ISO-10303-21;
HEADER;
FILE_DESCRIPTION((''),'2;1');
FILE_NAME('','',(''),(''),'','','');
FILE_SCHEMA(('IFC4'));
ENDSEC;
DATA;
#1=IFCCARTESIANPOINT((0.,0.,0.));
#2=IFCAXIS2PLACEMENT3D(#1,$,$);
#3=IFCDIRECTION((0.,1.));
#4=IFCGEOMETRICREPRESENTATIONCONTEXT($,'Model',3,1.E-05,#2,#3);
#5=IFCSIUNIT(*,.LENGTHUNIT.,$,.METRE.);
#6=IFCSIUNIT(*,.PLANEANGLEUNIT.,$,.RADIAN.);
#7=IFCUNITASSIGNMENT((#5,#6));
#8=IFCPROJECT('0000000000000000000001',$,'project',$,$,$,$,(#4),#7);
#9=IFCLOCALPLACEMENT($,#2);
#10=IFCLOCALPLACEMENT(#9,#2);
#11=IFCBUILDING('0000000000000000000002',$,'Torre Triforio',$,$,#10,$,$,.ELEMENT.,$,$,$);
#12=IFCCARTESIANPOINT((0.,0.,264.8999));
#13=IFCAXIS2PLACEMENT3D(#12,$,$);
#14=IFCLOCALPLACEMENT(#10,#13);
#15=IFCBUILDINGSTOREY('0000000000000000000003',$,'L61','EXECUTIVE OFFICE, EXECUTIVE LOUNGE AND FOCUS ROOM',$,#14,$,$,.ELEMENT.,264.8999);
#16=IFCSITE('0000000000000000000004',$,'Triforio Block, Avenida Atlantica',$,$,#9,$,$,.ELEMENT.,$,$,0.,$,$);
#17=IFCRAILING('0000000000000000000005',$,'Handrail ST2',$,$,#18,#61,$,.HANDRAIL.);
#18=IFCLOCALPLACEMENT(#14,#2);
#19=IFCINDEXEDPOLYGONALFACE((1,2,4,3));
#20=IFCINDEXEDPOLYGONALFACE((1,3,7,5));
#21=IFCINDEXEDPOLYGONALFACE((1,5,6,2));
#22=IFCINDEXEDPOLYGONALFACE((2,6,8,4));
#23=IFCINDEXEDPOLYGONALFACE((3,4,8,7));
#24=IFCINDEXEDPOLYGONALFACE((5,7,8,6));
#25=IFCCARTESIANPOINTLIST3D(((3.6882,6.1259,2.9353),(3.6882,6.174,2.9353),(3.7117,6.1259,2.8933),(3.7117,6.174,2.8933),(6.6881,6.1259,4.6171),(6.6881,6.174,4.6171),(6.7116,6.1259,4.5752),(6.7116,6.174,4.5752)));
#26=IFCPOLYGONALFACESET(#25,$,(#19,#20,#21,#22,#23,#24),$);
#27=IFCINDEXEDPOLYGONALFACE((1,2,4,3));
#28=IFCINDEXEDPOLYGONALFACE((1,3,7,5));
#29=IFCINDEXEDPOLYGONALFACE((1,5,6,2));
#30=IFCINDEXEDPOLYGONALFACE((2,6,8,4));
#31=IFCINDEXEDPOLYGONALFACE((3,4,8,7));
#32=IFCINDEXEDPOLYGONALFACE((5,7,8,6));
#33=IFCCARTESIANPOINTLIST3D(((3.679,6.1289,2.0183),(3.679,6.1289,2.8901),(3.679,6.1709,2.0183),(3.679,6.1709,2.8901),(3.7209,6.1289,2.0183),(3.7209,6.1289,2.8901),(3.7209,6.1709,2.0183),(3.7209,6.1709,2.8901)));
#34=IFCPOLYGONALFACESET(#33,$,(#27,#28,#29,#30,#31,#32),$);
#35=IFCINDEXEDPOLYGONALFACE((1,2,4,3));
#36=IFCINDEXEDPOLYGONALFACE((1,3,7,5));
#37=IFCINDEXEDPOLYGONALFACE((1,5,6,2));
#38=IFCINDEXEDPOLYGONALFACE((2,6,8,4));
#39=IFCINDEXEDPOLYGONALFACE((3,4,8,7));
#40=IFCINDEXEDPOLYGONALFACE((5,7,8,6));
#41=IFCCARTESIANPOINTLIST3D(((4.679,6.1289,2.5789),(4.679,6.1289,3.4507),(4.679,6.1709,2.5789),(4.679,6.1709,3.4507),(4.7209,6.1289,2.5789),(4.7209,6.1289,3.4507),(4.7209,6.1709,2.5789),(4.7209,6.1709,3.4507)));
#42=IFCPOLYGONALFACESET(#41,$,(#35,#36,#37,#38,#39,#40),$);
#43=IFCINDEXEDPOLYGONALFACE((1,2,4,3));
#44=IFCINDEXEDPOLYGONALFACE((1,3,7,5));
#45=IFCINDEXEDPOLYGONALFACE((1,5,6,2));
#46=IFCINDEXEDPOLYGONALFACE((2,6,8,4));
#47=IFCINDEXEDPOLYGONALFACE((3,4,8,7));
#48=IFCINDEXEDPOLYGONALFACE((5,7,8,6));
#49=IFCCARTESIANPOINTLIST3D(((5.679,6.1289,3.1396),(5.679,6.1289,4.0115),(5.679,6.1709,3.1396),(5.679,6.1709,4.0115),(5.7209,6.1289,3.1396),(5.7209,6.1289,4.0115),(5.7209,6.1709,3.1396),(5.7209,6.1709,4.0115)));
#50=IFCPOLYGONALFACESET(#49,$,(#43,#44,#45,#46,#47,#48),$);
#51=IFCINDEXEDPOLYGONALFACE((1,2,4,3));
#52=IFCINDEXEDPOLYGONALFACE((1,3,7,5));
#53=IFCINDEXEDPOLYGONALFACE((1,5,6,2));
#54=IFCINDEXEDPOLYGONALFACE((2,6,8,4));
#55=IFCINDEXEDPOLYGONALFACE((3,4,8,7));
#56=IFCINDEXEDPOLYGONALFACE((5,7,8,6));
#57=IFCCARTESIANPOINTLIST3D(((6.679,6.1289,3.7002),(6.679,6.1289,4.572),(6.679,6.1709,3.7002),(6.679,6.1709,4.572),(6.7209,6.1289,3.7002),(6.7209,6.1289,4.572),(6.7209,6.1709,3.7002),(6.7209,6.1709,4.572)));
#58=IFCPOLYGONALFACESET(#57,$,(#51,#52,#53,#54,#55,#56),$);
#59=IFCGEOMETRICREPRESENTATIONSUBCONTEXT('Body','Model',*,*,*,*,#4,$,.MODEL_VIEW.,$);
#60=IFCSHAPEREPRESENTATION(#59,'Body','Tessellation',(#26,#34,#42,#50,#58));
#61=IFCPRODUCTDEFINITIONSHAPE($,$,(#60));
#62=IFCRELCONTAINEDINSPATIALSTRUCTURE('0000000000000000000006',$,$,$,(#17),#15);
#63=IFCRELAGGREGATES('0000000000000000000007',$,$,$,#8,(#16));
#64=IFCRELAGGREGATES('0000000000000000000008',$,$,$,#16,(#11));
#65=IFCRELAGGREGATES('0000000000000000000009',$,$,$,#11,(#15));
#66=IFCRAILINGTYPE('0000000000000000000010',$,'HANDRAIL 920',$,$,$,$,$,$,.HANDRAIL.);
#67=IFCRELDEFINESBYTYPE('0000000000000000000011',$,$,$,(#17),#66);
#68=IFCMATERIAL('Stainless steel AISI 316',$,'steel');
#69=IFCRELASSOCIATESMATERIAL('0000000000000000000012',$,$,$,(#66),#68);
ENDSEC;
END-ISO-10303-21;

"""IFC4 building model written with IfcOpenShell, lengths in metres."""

from ifc_helpers import new_model, si_unit, direction, frame, origin, origin_2d, place, context, subcontext, project, spatial, rectangle, extrude, material, type_object, element, save


model = new_model("IFC4")

# Units and contexts
model_context = context("Model", 3, precision=1e-05, world=origin(), true_north=direction((0.0, 1.0)))
body_context = subcontext(model_context, "Body", "Model", "MODEL_VIEW")
ifc_project = project(units=[si_unit("LENGTHUNIT", "METRE"), si_unit("PLANEANGLEUNIT", "RADIAN")], contexts=[model_context])

# Site, building, storey
site_placement = place(None, origin())
site = spatial("IfcSite", under=ifc_project, at=site_placement, Name="Triforio Block, Avenida Atlantica", CompositionType="ELEMENT", RefElevation=0.0)
building_placement = place(site_placement, origin())
building = spatial("IfcBuilding", under=site, at=building_placement, Name="Torre Triforio", CompositionType="ELEMENT")
storey_placement = place(building_placement, frame((0.0, 0.0, 264.8999)))
storey = spatial("IfcBuildingStorey", under=building, at=storey_placement, Name="L61", Description="EXECUTIVE OFFICE, EXECUTIVE LOUNGE AND FOCUS ROOM", CompositionType="ELEMENT", Elevation=264.8999)

# Railing
ifc_material_1 = material(Name="Stainless steel AISI 316", Category="steel")
railing_type = type_object("IfcRailingType", Name="HANDRAIL 920", PredefinedType="HANDRAIL", material=ifc_material_1)
railing_placement = place(storey_placement, frame((3.7, 6.1499, 2.0183)))
element("IfcRailing", 1, at=railing_placement, inside=storey, type_object=railing_type, Name="Handrail ST2", PredefinedType="HANDRAIL", context=body_context, shape_type="SweptSolid", body=[
    extrude(rectangle(XDim=0.0481, YDim=0.0481, at=origin_2d()), frame((0.0, 0.0, 0.896), z_axis=(0.872272, 0.0, 0.48902), x_axis=(0.0, 1.0, 0.0)), (0.0, 0.0, 1.0), 3.4392),
    extrude(rectangle(XDim=0.042, YDim=0.042, at=origin_2d()), origin(), (0.0, 0.0, 1.0), 0.8718),
    extrude(rectangle(XDim=0.042, YDim=0.042, at=origin_2d()), frame((1.0, 0.0, 0.5605)), (0.0, 0.0, 1.0), 0.8718),
    extrude(rectangle(XDim=0.042, YDim=0.042, at=origin_2d()), frame((2.0, 0.0, 1.1213)), (0.0, 0.0, 1.0), 0.8718),
    extrude(rectangle(XDim=0.042, YDim=0.042, at=origin_2d()), frame((3.0, 0.0, 1.6819)), (0.0, 0.0, 1.0), 0.8718),
])

save(model, "model.ifc")
